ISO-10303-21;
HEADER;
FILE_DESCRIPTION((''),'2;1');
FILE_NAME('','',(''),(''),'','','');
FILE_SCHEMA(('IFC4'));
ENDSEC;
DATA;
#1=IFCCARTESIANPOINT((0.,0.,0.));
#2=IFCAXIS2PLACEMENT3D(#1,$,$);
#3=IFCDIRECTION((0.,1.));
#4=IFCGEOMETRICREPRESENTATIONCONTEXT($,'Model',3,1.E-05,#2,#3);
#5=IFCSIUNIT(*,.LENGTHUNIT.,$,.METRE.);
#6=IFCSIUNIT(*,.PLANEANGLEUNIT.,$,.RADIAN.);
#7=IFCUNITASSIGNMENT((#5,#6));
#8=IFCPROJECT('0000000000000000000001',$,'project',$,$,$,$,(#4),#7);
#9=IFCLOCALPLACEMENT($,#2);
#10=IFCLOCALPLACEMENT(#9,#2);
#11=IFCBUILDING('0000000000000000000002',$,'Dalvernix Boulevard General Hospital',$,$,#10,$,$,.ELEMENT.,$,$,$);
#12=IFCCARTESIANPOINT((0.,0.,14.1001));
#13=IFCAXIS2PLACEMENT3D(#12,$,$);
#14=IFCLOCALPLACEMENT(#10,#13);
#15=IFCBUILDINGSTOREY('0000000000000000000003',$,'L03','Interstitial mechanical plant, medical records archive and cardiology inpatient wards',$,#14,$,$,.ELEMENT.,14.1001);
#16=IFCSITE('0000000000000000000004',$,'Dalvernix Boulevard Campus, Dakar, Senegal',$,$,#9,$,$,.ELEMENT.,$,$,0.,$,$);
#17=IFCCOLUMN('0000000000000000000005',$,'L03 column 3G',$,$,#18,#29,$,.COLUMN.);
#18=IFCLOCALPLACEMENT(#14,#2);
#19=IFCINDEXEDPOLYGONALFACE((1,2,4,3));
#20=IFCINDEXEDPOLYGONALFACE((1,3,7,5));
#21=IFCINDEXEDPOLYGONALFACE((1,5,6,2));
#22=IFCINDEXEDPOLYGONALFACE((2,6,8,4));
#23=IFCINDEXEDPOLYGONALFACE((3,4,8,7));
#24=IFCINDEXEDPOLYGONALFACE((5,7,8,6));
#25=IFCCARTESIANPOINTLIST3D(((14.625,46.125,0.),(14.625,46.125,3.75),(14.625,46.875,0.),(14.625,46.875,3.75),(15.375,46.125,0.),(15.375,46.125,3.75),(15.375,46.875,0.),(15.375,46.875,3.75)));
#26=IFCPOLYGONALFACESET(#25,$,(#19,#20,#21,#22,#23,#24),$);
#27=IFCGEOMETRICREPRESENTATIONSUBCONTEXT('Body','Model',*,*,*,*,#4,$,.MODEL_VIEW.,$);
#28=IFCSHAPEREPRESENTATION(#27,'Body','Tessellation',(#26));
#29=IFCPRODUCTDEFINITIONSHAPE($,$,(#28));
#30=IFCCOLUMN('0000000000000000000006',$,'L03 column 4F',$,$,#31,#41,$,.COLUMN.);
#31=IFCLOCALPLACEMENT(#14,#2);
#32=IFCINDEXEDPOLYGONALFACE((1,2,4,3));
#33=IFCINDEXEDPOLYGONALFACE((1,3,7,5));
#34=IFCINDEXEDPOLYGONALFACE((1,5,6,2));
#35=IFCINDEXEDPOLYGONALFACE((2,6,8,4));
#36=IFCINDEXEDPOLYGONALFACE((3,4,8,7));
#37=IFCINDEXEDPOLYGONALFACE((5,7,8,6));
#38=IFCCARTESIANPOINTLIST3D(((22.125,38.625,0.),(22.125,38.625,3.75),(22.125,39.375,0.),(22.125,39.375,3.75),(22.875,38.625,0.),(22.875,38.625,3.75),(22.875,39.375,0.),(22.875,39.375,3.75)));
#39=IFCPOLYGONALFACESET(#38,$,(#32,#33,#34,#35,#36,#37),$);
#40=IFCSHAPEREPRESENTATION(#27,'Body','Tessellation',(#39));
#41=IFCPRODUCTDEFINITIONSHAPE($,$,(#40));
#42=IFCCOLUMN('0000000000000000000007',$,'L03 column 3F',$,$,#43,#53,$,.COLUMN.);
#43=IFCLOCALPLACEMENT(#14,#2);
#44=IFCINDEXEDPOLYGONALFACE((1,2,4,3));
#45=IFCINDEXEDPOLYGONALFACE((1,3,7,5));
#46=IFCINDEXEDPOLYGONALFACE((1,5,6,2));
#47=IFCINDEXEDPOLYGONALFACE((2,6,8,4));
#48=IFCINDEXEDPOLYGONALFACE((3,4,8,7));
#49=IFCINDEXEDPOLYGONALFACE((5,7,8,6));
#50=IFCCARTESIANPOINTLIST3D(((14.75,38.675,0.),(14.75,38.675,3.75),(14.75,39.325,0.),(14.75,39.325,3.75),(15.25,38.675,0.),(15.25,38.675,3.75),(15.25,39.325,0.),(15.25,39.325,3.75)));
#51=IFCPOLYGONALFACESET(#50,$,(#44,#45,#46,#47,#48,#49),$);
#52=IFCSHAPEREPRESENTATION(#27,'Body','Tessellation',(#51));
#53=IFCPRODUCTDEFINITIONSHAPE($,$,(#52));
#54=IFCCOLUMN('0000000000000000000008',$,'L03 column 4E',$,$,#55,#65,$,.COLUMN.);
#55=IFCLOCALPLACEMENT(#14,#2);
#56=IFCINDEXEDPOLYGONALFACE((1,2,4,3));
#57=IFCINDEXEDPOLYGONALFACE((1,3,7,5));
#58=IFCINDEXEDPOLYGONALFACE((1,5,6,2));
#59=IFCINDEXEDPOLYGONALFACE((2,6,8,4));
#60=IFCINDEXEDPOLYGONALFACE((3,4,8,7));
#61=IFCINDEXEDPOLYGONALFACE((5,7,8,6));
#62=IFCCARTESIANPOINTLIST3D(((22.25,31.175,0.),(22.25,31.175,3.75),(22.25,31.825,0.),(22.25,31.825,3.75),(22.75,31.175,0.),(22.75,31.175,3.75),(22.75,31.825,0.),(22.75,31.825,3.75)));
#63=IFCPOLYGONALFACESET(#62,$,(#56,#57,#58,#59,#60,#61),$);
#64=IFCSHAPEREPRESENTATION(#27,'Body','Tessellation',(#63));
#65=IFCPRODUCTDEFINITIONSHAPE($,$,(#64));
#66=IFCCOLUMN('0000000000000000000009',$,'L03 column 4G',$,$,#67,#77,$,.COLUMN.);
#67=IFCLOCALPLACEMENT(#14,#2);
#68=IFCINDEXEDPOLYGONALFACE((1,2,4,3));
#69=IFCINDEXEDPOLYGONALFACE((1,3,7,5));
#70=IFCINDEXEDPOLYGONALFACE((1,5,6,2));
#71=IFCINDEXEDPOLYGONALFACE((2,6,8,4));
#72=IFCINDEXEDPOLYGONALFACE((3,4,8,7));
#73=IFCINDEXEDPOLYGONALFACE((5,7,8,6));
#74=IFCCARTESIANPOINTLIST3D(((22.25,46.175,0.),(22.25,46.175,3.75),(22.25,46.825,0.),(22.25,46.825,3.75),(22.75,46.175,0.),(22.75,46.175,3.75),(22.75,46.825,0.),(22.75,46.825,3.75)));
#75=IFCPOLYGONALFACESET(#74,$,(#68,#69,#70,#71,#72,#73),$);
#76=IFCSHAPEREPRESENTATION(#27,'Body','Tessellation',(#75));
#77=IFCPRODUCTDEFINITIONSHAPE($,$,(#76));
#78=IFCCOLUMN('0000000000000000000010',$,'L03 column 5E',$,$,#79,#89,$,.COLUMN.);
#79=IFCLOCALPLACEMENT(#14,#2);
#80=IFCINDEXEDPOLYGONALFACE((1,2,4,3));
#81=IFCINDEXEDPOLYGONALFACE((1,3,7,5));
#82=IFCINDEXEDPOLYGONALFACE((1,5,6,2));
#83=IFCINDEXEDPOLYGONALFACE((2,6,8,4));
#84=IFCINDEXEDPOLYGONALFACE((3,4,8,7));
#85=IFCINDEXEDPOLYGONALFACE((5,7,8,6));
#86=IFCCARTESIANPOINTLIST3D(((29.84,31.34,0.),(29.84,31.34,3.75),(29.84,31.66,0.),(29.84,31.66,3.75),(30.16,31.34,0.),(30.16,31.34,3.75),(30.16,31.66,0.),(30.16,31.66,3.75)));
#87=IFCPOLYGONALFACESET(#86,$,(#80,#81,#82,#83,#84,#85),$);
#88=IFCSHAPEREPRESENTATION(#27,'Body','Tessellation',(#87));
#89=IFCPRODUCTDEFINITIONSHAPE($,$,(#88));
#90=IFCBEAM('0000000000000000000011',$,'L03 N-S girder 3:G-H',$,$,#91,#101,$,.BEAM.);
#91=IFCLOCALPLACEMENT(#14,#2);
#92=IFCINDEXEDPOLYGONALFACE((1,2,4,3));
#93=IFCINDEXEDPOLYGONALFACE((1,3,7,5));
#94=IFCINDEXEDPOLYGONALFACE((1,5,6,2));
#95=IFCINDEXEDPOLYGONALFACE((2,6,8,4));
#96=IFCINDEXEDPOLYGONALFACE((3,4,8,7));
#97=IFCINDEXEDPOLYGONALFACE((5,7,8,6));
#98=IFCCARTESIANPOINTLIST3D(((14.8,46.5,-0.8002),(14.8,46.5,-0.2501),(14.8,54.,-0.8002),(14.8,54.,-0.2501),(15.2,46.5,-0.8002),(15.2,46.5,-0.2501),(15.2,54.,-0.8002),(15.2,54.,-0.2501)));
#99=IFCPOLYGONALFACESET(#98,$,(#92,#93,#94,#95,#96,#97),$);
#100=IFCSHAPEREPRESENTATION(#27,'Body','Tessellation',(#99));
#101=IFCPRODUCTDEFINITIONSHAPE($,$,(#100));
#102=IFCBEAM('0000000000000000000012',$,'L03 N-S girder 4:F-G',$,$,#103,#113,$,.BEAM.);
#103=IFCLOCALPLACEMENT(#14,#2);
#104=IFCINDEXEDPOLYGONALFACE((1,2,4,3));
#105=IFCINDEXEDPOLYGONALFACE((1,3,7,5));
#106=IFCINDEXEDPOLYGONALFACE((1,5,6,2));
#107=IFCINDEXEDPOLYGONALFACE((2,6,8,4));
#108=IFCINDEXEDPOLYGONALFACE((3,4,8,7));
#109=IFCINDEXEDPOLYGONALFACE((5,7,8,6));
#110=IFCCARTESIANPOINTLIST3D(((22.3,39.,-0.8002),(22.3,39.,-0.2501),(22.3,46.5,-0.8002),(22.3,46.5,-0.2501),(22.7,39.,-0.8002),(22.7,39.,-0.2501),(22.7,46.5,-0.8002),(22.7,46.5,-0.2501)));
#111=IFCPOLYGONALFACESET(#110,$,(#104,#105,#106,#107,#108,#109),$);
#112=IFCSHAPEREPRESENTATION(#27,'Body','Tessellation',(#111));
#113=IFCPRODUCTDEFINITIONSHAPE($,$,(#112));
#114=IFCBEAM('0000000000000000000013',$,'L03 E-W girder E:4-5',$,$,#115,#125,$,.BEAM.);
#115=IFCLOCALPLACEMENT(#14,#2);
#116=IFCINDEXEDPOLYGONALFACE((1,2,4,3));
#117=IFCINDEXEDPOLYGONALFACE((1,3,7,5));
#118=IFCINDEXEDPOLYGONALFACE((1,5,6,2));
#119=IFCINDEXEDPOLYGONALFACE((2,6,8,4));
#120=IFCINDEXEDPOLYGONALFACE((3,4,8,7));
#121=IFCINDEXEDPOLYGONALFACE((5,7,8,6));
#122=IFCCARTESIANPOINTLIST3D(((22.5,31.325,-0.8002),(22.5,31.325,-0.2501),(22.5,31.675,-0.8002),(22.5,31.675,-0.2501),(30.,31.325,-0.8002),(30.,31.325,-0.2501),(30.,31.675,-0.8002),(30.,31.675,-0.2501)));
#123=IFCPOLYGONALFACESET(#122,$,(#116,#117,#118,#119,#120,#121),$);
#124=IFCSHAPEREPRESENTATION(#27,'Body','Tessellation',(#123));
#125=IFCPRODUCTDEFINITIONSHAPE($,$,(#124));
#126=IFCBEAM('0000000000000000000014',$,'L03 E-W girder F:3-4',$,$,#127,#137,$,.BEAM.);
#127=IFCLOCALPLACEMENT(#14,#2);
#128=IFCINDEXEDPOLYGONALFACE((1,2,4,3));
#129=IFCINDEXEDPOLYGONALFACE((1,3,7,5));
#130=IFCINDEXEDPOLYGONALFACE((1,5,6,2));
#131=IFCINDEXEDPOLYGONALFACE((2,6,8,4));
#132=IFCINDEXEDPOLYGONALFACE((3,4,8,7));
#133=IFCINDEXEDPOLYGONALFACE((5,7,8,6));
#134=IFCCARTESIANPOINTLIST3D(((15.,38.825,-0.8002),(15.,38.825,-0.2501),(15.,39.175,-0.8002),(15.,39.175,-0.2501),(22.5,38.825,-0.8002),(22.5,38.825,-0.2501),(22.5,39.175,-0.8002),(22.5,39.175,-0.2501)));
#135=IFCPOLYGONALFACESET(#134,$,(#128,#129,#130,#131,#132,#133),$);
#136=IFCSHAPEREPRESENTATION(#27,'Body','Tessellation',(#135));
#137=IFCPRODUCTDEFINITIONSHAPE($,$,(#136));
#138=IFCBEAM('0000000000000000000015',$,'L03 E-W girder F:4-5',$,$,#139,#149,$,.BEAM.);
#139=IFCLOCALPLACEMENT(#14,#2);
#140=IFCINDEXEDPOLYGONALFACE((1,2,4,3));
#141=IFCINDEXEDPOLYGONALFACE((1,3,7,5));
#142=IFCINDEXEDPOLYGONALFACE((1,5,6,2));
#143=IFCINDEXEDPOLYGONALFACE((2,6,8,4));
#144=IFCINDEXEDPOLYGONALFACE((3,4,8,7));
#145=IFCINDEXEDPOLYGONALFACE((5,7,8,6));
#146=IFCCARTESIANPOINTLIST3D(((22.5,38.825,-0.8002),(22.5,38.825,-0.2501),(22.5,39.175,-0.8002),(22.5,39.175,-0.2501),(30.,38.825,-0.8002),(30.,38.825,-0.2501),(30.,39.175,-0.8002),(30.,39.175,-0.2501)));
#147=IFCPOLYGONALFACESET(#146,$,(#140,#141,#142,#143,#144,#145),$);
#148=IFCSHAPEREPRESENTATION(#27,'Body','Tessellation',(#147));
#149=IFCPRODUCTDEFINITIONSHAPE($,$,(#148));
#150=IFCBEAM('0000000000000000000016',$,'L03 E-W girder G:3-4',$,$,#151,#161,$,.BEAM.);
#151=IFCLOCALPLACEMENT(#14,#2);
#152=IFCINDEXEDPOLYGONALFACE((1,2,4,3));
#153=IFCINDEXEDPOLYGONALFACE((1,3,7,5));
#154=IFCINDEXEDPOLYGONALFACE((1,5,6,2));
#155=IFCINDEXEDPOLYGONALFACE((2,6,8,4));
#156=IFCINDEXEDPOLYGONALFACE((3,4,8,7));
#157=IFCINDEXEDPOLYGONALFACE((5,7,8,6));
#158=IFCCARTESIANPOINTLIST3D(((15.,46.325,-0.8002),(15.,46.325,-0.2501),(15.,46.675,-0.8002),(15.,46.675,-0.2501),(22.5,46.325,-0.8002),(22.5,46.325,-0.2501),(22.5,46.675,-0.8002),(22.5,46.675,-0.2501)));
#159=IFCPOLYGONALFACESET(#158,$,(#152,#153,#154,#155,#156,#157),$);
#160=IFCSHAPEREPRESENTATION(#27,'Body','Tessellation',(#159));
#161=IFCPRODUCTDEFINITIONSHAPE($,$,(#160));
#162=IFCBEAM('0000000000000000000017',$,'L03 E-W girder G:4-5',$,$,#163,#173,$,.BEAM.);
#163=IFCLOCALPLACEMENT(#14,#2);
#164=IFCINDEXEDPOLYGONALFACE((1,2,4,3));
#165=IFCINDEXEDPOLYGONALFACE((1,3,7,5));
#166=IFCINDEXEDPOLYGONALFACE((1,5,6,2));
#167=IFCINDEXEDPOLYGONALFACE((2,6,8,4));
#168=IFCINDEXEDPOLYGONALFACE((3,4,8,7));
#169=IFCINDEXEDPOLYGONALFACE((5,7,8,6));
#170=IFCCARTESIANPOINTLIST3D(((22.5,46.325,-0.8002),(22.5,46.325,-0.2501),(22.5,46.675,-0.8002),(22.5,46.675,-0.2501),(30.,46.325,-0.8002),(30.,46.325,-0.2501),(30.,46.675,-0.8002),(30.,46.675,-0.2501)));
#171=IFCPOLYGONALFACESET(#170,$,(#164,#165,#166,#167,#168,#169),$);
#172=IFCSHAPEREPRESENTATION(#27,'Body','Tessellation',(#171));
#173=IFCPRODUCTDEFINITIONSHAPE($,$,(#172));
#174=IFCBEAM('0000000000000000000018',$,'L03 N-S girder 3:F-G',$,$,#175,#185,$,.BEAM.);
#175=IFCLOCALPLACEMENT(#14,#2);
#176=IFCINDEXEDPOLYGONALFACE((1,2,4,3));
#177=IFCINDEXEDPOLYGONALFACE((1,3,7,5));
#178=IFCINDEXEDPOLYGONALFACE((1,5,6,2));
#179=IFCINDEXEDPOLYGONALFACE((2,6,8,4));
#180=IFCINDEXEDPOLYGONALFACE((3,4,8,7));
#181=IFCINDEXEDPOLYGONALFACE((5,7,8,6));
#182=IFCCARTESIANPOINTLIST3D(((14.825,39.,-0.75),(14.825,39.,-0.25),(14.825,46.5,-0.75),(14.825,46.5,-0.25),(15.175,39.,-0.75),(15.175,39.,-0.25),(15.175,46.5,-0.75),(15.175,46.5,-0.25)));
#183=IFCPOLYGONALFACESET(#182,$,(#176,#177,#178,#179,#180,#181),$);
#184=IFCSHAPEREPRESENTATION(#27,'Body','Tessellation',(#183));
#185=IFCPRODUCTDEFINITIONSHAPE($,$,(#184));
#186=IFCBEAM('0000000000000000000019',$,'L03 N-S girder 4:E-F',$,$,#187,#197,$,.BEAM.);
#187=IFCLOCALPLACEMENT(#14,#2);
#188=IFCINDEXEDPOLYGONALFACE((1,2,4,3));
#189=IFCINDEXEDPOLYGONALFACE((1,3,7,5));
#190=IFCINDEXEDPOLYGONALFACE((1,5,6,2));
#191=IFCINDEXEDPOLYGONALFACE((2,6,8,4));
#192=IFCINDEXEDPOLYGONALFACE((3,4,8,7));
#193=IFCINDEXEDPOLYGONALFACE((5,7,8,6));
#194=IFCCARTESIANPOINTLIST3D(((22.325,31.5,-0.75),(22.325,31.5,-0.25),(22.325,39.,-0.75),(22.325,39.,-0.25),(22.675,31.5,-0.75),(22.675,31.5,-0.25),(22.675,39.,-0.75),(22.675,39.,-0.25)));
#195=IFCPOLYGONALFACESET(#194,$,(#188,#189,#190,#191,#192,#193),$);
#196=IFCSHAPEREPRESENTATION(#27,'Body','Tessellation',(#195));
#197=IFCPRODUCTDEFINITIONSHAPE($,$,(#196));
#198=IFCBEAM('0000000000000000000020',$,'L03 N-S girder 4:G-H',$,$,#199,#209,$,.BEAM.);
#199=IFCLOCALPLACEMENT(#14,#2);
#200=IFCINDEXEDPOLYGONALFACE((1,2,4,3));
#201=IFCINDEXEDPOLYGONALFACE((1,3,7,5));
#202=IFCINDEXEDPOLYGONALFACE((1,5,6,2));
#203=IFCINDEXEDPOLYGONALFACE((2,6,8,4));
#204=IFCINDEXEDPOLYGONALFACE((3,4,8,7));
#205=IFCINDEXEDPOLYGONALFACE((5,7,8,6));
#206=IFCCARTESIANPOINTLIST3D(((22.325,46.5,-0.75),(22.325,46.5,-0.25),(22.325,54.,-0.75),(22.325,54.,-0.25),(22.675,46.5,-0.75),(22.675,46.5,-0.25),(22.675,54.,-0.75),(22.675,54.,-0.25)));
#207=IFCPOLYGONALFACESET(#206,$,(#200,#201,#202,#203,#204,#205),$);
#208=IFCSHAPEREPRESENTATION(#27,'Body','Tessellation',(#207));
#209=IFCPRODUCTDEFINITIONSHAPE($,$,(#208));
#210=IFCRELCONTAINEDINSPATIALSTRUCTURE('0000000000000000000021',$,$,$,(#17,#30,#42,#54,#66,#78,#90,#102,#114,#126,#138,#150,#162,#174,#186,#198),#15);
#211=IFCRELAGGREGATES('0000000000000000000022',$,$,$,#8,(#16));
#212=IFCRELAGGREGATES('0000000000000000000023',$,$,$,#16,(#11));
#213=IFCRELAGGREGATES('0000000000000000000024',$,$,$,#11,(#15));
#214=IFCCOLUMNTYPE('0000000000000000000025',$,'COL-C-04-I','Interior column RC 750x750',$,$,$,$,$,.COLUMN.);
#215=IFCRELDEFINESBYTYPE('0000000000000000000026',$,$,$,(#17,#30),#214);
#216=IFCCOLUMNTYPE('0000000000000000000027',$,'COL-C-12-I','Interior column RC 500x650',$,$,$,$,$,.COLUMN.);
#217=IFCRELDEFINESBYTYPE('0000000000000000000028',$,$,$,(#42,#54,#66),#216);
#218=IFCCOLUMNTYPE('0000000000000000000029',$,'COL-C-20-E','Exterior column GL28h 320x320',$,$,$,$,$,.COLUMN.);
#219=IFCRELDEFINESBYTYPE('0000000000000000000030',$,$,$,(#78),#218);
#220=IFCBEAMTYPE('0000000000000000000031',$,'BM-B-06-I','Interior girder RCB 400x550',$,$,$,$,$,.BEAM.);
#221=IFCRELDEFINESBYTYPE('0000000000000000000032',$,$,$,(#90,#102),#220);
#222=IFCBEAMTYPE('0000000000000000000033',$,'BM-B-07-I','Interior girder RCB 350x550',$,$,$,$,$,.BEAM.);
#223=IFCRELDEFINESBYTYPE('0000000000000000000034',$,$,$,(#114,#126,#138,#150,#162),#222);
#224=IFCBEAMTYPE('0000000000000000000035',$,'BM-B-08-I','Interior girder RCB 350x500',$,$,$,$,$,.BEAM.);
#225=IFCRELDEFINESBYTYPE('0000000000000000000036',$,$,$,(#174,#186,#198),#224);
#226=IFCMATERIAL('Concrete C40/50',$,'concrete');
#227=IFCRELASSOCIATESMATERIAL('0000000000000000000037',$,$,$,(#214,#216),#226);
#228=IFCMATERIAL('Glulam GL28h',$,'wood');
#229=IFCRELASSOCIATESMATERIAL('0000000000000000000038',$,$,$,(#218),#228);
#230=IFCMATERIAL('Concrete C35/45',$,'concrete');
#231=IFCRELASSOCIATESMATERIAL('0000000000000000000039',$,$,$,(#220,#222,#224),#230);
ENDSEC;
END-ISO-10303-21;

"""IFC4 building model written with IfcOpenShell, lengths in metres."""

from ifc_helpers import new_model, si_unit, direction, frame, origin, origin_2d, place, context, subcontext, project, spatial, rectangle, extrude, material, material_profile, profile_set, type_object, element, save


model = new_model("IFC4")

# Units and contexts
model_context = context("Model", 3, precision=1e-05, world=origin(), true_north=direction((0.0, 1.0)))
body_context = subcontext(model_context, "Body", "Model", "MODEL_VIEW")
ifc_project = project(units=[si_unit("LENGTHUNIT", "METRE"), si_unit("PLANEANGLEUNIT", "RADIAN")], contexts=[model_context])

# Site, building, storey
site_placement = place(None, origin())
site = spatial("IfcSite", under=ifc_project, at=site_placement, Name="Dalvernix Boulevard Campus, Dakar, Senegal", CompositionType="ELEMENT", RefElevation=0.0)
building_placement = place(site_placement, origin())
building = spatial("IfcBuilding", under=site, at=building_placement, Name="Dalvernix Boulevard General Hospital", CompositionType="ELEMENT")
storey_placement = place(building_placement, frame((0.0, 0.0, 14.1001)))
storey = spatial("IfcBuildingStorey", under=building, at=storey_placement, Name="L03", Description="Interstitial mechanical plant, medical records archive and cardiology inpatient wards", CompositionType="ELEMENT", Elevation=14.1001)

# Columns
ifc_material_1 = material(Name="Concrete C40/50", Category="concrete")
ifc_material_profile_1 = material_profile(ifc_material_1, rectangle(XDim=0.75, YDim=0.75, at=origin_2d()), Name="RC 750x750")
ifc_profile_set_1 = profile_set([ifc_material_profile_1], Name="Concrete C40/50")
column_type_1 = type_object("IfcColumnType", Name="COL-C-04-I", Description="Interior column RC 750x750", PredefinedType="COLUMN", material=ifc_profile_set_1)
for number, where, z_axis, x_axis, name in (
    (1, (15.0, 46.5, 0.0), (0.0, 0.0, 1.0), (1.0, 0.0, 0.0), "L03 column 3G"),
    (2, (22.5, 39.0, 0.0), (0.0, 0.0, 1.0), (1.0, 0.0, 0.0), "L03 column 4F"),
):
    element("IfcColumn", number, at=place(storey_placement, frame(where, z_axis=z_axis, x_axis=x_axis)), inside=storey, type_object=column_type_1, Name=name, PredefinedType="COLUMN", context=body_context, shape_type="SweptSolid", body=[
        extrude(rectangle(XDim=0.75, YDim=0.75, at=origin_2d()), origin(), (0.0, 0.0, 1.0), 3.75),
    ])
ifc_material_profile_2 = material_profile(ifc_material_1, rectangle(XDim=0.5, YDim=0.6499, at=origin_2d()), Name="RC 500x650")
ifc_profile_set_2 = profile_set([ifc_material_profile_2], Name="Concrete C40/50")
column_type_2 = type_object("IfcColumnType", Name="COL-C-12-I", Description="Interior column RC 500x650", PredefinedType="COLUMN", material=ifc_profile_set_2)
for number, where, z_axis, x_axis, name in (
    (3, (15.0, 39.0, 0.0), (0.0, 0.0, 1.0), (1.0, 0.0, 0.0), "L03 column 3F"),
    (4, (22.5, 31.5, 0.0), (0.0, 0.0, 1.0), (1.0, 0.0, 0.0), "L03 column 4E"),
    (5, (22.5, 46.5, 0.0), (0.0, 0.0, 1.0), (1.0, 0.0, 0.0), "L03 column 4G"),
):
    element("IfcColumn", number, at=place(storey_placement, frame(where, z_axis=z_axis, x_axis=x_axis)), inside=storey, type_object=column_type_2, Name=name, PredefinedType="COLUMN", context=body_context, shape_type="SweptSolid", body=[
        extrude(rectangle(XDim=0.5, YDim=0.6499, at=origin_2d()), origin(), (0.0, 0.0, 1.0), 3.75),
    ])
ifc_material_2 = material(Name="Glulam GL28h", Category="wood")
ifc_material_profile_3 = material_profile(ifc_material_2, rectangle(XDim=0.3201, YDim=0.3201, at=origin_2d()), Name="GL28h 320x320")
ifc_profile_set_3 = profile_set([ifc_material_profile_3], Name="Glulam GL28h")
column_type_3 = type_object("IfcColumnType", Name="COL-C-20-E", Description="Exterior column GL28h 320x320", PredefinedType="COLUMN", material=ifc_profile_set_3)
column_placement = place(storey_placement, frame((30.0, 31.5, 0.0), z_axis=(0.0, 0.0, 1.0), x_axis=(1.0, 0.0, 0.0)))
element("IfcColumn", 6, at=column_placement, inside=storey, type_object=column_type_3, Name="L03 column 5E", PredefinedType="COLUMN", context=body_context, shape_type="SweptSolid", body=[
    extrude(rectangle(XDim=0.3201, YDim=0.3201, at=origin_2d()), origin(), (0.0, 0.0, 1.0), 3.75),
])

# Beams
ifc_material_3 = material(Name="Concrete C35/45", Category="concrete")
ifc_material_profile_4 = material_profile(ifc_material_3, rectangle(XDim=0.3999, YDim=0.55, at=origin_2d()), Name="RCB 400x550")
ifc_profile_set_4 = profile_set([ifc_material_profile_4], Name="Concrete C35/45")
beam_type_1 = type_object("IfcBeamType", Name="BM-B-06-I", Description="Interior girder RCB 400x550", PredefinedType="BEAM", material=ifc_profile_set_4)
for number, where, z_axis, x_axis, name in (
    (7, (15.0, 46.5, -0.5251), (0.0, 1.0, 0.0), (-1.0, 0.0, 0.0), "L03 N-S girder 3:G-H"),
    (8, (22.5, 39.0, -0.5251), (0.0, 1.0, 0.0), (-1.0, 0.0, 0.0), "L03 N-S girder 4:F-G"),
):
    element("IfcBeam", number, at=place(storey_placement, frame(where, z_axis=z_axis, x_axis=x_axis)), inside=storey, type_object=beam_type_1, Name=name, PredefinedType="BEAM", context=body_context, shape_type="SweptSolid", body=[
        extrude(rectangle(XDim=0.3999, YDim=0.55, at=origin_2d()), origin(), (0.0, 0.0, 1.0), 7.5),
    ])
ifc_material_profile_5 = material_profile(ifc_material_3, rectangle(XDim=0.3501, YDim=0.55, at=origin_2d()), Name="RCB 350x550")
ifc_profile_set_5 = profile_set([ifc_material_profile_5], Name="Concrete C35/45")
beam_type_2 = type_object("IfcBeamType", Name="BM-B-07-I", Description="Interior girder RCB 350x550", PredefinedType="BEAM", material=ifc_profile_set_5)
for number, where, z_axis, x_axis, name in (
    (9, (22.5, 31.5, -0.5251), (1.0, 0.0, 0.0), (0.0, 1.0, 0.0), "L03 E-W girder E:4-5"),
    (10, (15.0, 39.0, -0.5251), (1.0, 0.0, 0.0), (0.0, 1.0, 0.0), "L03 E-W girder F:3-4"),
    (11, (22.5, 39.0, -0.5251), (1.0, 0.0, 0.0), (0.0, 1.0, 0.0), "L03 E-W girder F:4-5"),
    (12, (15.0, 46.5, -0.5251), (1.0, 0.0, 0.0), (0.0, 1.0, 0.0), "L03 E-W girder G:3-4"),
    (13, (22.5, 46.5, -0.5251), (1.0, 0.0, 0.0), (0.0, 1.0, 0.0), "L03 E-W girder G:4-5"),
):
    element("IfcBeam", number, at=place(storey_placement, frame(where, z_axis=z_axis, x_axis=x_axis)), inside=storey, type_object=beam_type_2, Name=name, PredefinedType="BEAM", context=body_context, shape_type="SweptSolid", body=[
        extrude(rectangle(XDim=0.3501, YDim=0.55, at=origin_2d()), origin(), (0.0, 0.0, 1.0), 7.5),
    ])
ifc_material_profile_6 = material_profile(ifc_material_3, rectangle(XDim=0.3501, YDim=0.5, at=origin_2d()), Name="RCB 350x500")
ifc_profile_set_6 = profile_set([ifc_material_profile_6], Name="Concrete C35/45")
beam_type_3 = type_object("IfcBeamType", Name="BM-B-08-I", Description="Interior girder RCB 350x500", PredefinedType="BEAM", material=ifc_profile_set_6)
for number, where, z_axis, x_axis, name in (
    (14, (15.0, 39.0, -0.5), (0.0, 1.0, 0.0), (-1.0, 0.0, 0.0), "L03 N-S girder 3:F-G"),
    (15, (22.5, 31.5, -0.5), (0.0, 1.0, 0.0), (-1.0, 0.0, 0.0), "L03 N-S girder 4:E-F"),
    (16, (22.5, 46.5, -0.5), (0.0, 1.0, 0.0), (-1.0, 0.0, 0.0), "L03 N-S girder 4:G-H"),
):
    element("IfcBeam", number, at=place(storey_placement, frame(where, z_axis=z_axis, x_axis=x_axis)), inside=storey, type_object=beam_type_3, Name=name, PredefinedType="BEAM", context=body_context, shape_type="SweptSolid", body=[
        extrude(rectangle(XDim=0.3501, YDim=0.5, at=origin_2d()), origin(), (0.0, 0.0, 1.0), 7.5),
    ])

save(model, "model.ifc")
